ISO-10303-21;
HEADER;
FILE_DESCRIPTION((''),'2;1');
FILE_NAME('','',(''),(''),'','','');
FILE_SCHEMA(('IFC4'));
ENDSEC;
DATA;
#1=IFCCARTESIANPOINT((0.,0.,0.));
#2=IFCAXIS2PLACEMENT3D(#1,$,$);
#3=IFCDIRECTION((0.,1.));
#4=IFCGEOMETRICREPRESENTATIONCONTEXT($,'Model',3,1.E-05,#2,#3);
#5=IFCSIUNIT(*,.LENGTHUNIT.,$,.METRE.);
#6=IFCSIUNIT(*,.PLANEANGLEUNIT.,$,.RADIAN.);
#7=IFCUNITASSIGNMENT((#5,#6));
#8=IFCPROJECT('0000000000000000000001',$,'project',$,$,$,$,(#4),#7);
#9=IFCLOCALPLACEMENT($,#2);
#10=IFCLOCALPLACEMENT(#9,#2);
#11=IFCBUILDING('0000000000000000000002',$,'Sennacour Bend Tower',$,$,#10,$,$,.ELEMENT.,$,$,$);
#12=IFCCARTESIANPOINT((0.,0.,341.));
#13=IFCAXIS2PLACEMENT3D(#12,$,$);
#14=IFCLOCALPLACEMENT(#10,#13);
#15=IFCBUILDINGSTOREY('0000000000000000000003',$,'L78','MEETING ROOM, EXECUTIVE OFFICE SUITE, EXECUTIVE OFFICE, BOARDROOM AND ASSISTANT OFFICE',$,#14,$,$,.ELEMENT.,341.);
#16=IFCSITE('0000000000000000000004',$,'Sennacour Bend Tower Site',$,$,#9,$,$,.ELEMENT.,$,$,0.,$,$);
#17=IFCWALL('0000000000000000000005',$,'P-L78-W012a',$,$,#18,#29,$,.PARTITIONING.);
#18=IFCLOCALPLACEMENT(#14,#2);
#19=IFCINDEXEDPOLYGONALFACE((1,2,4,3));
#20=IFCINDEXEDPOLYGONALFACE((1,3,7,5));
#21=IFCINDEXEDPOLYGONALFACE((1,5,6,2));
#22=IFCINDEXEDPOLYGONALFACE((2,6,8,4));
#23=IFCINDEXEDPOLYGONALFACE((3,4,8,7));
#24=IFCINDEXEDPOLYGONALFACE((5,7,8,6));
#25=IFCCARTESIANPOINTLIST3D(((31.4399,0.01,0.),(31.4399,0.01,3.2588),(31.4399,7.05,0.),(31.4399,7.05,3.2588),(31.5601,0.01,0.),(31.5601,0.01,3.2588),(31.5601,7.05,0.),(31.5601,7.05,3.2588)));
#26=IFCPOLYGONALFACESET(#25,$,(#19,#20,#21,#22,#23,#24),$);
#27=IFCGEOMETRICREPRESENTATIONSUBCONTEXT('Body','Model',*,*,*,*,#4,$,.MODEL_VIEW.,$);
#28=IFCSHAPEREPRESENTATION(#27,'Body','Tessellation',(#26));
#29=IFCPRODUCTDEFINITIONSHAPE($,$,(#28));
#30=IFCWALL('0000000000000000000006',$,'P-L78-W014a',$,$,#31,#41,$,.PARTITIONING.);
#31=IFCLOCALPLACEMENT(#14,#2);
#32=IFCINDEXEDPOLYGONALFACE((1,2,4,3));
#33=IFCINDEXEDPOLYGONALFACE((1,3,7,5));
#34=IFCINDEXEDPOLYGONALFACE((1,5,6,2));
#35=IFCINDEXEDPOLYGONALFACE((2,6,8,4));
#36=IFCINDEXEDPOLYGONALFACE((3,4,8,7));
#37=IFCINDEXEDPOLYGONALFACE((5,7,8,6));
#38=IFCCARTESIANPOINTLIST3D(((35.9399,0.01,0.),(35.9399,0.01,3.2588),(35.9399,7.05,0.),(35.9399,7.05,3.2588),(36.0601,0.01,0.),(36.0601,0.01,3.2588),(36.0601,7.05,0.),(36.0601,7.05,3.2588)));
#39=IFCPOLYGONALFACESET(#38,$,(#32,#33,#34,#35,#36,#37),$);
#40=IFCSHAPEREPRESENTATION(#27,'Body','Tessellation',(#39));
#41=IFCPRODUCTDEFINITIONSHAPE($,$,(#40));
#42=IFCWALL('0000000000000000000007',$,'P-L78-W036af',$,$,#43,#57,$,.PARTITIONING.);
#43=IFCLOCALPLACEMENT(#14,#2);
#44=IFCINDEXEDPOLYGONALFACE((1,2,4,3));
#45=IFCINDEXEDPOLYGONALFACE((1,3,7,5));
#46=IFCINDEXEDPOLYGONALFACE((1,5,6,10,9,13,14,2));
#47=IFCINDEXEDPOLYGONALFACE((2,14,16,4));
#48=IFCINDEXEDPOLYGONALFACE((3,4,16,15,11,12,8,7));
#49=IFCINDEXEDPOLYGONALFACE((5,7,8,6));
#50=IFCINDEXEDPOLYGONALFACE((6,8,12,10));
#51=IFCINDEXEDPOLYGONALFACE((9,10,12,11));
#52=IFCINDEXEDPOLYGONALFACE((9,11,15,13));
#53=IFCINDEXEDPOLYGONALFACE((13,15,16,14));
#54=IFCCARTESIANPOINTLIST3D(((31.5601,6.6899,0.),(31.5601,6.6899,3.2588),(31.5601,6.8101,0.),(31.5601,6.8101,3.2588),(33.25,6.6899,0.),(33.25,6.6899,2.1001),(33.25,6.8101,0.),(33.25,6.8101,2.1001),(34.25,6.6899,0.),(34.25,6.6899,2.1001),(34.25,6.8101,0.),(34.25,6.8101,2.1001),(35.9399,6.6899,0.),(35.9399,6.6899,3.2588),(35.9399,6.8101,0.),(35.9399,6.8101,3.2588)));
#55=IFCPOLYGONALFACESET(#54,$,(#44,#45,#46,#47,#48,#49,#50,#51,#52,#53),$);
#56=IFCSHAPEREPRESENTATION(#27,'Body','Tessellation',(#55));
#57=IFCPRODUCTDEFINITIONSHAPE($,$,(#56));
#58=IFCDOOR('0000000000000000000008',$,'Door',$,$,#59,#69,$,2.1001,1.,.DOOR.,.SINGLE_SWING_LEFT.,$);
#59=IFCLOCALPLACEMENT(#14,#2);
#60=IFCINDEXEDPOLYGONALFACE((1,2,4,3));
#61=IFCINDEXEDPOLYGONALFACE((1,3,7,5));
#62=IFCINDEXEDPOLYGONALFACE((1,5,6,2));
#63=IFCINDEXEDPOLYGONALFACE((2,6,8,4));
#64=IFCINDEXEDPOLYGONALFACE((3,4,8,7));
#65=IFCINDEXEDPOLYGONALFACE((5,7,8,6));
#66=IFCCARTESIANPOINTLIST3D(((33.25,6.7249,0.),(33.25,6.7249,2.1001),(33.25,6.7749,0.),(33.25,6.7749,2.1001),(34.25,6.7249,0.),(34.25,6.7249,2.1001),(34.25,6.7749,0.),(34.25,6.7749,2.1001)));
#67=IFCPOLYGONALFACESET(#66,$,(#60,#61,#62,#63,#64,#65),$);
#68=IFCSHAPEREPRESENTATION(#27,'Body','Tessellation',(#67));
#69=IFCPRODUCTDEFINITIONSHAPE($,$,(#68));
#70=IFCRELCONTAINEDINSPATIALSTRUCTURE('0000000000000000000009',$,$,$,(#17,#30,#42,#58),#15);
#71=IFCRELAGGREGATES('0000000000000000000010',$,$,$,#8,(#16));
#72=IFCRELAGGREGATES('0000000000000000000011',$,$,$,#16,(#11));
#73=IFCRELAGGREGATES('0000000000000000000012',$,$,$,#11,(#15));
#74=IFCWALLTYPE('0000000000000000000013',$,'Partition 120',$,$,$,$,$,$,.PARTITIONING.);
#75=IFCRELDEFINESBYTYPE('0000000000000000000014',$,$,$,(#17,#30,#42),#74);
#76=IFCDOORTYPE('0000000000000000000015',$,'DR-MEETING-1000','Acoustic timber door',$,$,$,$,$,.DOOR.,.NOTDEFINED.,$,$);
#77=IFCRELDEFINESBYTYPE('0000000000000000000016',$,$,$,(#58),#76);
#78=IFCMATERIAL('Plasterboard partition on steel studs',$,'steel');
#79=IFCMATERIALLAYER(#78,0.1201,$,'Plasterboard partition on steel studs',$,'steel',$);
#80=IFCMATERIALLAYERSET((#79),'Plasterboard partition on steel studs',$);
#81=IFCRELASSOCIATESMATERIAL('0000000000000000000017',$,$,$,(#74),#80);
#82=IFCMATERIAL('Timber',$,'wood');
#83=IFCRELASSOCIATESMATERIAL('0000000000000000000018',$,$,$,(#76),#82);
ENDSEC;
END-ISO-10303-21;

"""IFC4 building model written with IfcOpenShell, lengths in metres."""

from ifc_helpers import new_model, si_unit, direction, frame, frame_2d, origin, place, context, subcontext, project, spatial, rectangle, extrude, material, layer, layer_set, type_object, element, fill, save


model = new_model("IFC4")

# Units and contexts
model_context = context("Model", 3, precision=1e-05, world=origin(), true_north=direction((0.0, 1.0)))
body_context = subcontext(model_context, "Body", "Model", "MODEL_VIEW")
ifc_project = project(units=[si_unit("LENGTHUNIT", "METRE"), si_unit("PLANEANGLEUNIT", "RADIAN")], contexts=[model_context])

# Site, building, storey
site_placement = place(None, origin())
site = spatial("IfcSite", under=ifc_project, at=site_placement, Name="Sennacour Bend Tower Site", CompositionType="ELEMENT", RefElevation=0.0)
building_placement = place(site_placement, origin())
building = spatial("IfcBuilding", under=site, at=building_placement, Name="Sennacour Bend Tower", CompositionType="ELEMENT")
storey_placement = place(building_placement, frame((0.0, 0.0, 341.0)))
storey = spatial("IfcBuildingStorey", under=building, at=storey_placement, Name="L78", Description="MEETING ROOM, EXECUTIVE OFFICE SUITE, EXECUTIVE OFFICE, BOARDROOM AND ASSISTANT OFFICE", CompositionType="ELEMENT", Elevation=341.0)

# Walls
ifc_material_1 = material(Name="Plasterboard partition on steel studs", Category="steel")
ifc_layer_1 = layer(ifc_material_1, 0.1201, Name="Plasterboard partition on steel studs", Category="steel")
ifc_layer_set_1 = layer_set([ifc_layer_1], Name="Plasterboard partition on steel studs")
wall_type = type_object("IfcWallType", Name="Partition 120", PredefinedType="PARTITIONING", material=ifc_layer_set_1)
for number, where, z_axis, x_axis, name in (
    (1, (31.5, 0.01, 0.0), (0.0, 0.0, 1.0), (0.0, 1.0, 0.0), "P-L78-W012a"),
    (2, (36.0, 0.01, 0.0), (0.0, 0.0, 1.0), (0.0, 1.0, 0.0), "P-L78-W014a"),
):
    element("IfcWall", number, at=place(storey_placement, frame(where, z_axis=z_axis, x_axis=x_axis)), inside=storey, type_object=wall_type, Name=name, PredefinedType="PARTITIONING", context=body_context, shape_type="SweptSolid", body=[
        extrude(rectangle(XDim=7.04, YDim=0.1201, at=frame_2d((3.52, 0.0))), origin(), (0.0, 0.0, 1.0), 3.2588),
    ])

# Wall, opening, door
wall_placement = place(storey_placement, frame((31.5601, 6.75, 0.0), z_axis=(0.0, 0.0, 1.0), x_axis=(1.0, 0.0, 0.0)))
wall = element("IfcWall", 3, at=wall_placement, inside=storey, type_object=wall_type, Name="P-L78-W036af", PredefinedType="PARTITIONING", context=body_context, shape_type="SweptSolid", body=[
    extrude(rectangle(XDim=4.3799, YDim=0.1201, at=frame_2d((2.1899, 0.0))), origin(), (0.0, 0.0, 1.0), 3.2588),
])
opening_placement = place(wall_placement, frame((1.6899, 0.0, 0.0)))
opening = element("IfcOpeningElement", 4, at=opening_placement, cuts=wall, PredefinedType="OPENING", context=body_context, shape_type="SweptSolid", body=[
    extrude(rectangle(XDim=1.0, YDim=2.1001, at=frame_2d((0.5, 1.05))), frame((0.0, 0.0701, 0.0), z_axis=(0.0, -1.0, 0.0), x_axis=(1.0, 0.0, 0.0)), (0.0, 0.0, 1.0), 0.1401),
])
ifc_material_2 = material(Name="Timber", Category="wood")
door_type = type_object("IfcDoorType", Name="DR-MEETING-1000", Description="Acoustic timber door", OperationType="NOTDEFINED", PredefinedType="DOOR", material=ifc_material_2)
door_placement = place(opening_placement, origin())
door = element("IfcDoor", 5, at=door_placement, inside=storey, type_object=door_type, Name="Door", OperationType="SINGLE_SWING_LEFT", OverallHeight=2.1001, OverallWidth=1.0, PredefinedType="DOOR", context=body_context, shape_type="SweptSolid", body=[
    extrude(rectangle(XDim=1.0, YDim=2.1001, at=frame_2d((0.5, 1.05))), frame((0.0, 0.0249, 0.0), z_axis=(0.0, -1.0, 0.0), x_axis=(1.0, 0.0, 0.0)), (0.0, 0.0, 1.0), 0.05),
])
fill(opening, door)

save(model, "model.ifc")
